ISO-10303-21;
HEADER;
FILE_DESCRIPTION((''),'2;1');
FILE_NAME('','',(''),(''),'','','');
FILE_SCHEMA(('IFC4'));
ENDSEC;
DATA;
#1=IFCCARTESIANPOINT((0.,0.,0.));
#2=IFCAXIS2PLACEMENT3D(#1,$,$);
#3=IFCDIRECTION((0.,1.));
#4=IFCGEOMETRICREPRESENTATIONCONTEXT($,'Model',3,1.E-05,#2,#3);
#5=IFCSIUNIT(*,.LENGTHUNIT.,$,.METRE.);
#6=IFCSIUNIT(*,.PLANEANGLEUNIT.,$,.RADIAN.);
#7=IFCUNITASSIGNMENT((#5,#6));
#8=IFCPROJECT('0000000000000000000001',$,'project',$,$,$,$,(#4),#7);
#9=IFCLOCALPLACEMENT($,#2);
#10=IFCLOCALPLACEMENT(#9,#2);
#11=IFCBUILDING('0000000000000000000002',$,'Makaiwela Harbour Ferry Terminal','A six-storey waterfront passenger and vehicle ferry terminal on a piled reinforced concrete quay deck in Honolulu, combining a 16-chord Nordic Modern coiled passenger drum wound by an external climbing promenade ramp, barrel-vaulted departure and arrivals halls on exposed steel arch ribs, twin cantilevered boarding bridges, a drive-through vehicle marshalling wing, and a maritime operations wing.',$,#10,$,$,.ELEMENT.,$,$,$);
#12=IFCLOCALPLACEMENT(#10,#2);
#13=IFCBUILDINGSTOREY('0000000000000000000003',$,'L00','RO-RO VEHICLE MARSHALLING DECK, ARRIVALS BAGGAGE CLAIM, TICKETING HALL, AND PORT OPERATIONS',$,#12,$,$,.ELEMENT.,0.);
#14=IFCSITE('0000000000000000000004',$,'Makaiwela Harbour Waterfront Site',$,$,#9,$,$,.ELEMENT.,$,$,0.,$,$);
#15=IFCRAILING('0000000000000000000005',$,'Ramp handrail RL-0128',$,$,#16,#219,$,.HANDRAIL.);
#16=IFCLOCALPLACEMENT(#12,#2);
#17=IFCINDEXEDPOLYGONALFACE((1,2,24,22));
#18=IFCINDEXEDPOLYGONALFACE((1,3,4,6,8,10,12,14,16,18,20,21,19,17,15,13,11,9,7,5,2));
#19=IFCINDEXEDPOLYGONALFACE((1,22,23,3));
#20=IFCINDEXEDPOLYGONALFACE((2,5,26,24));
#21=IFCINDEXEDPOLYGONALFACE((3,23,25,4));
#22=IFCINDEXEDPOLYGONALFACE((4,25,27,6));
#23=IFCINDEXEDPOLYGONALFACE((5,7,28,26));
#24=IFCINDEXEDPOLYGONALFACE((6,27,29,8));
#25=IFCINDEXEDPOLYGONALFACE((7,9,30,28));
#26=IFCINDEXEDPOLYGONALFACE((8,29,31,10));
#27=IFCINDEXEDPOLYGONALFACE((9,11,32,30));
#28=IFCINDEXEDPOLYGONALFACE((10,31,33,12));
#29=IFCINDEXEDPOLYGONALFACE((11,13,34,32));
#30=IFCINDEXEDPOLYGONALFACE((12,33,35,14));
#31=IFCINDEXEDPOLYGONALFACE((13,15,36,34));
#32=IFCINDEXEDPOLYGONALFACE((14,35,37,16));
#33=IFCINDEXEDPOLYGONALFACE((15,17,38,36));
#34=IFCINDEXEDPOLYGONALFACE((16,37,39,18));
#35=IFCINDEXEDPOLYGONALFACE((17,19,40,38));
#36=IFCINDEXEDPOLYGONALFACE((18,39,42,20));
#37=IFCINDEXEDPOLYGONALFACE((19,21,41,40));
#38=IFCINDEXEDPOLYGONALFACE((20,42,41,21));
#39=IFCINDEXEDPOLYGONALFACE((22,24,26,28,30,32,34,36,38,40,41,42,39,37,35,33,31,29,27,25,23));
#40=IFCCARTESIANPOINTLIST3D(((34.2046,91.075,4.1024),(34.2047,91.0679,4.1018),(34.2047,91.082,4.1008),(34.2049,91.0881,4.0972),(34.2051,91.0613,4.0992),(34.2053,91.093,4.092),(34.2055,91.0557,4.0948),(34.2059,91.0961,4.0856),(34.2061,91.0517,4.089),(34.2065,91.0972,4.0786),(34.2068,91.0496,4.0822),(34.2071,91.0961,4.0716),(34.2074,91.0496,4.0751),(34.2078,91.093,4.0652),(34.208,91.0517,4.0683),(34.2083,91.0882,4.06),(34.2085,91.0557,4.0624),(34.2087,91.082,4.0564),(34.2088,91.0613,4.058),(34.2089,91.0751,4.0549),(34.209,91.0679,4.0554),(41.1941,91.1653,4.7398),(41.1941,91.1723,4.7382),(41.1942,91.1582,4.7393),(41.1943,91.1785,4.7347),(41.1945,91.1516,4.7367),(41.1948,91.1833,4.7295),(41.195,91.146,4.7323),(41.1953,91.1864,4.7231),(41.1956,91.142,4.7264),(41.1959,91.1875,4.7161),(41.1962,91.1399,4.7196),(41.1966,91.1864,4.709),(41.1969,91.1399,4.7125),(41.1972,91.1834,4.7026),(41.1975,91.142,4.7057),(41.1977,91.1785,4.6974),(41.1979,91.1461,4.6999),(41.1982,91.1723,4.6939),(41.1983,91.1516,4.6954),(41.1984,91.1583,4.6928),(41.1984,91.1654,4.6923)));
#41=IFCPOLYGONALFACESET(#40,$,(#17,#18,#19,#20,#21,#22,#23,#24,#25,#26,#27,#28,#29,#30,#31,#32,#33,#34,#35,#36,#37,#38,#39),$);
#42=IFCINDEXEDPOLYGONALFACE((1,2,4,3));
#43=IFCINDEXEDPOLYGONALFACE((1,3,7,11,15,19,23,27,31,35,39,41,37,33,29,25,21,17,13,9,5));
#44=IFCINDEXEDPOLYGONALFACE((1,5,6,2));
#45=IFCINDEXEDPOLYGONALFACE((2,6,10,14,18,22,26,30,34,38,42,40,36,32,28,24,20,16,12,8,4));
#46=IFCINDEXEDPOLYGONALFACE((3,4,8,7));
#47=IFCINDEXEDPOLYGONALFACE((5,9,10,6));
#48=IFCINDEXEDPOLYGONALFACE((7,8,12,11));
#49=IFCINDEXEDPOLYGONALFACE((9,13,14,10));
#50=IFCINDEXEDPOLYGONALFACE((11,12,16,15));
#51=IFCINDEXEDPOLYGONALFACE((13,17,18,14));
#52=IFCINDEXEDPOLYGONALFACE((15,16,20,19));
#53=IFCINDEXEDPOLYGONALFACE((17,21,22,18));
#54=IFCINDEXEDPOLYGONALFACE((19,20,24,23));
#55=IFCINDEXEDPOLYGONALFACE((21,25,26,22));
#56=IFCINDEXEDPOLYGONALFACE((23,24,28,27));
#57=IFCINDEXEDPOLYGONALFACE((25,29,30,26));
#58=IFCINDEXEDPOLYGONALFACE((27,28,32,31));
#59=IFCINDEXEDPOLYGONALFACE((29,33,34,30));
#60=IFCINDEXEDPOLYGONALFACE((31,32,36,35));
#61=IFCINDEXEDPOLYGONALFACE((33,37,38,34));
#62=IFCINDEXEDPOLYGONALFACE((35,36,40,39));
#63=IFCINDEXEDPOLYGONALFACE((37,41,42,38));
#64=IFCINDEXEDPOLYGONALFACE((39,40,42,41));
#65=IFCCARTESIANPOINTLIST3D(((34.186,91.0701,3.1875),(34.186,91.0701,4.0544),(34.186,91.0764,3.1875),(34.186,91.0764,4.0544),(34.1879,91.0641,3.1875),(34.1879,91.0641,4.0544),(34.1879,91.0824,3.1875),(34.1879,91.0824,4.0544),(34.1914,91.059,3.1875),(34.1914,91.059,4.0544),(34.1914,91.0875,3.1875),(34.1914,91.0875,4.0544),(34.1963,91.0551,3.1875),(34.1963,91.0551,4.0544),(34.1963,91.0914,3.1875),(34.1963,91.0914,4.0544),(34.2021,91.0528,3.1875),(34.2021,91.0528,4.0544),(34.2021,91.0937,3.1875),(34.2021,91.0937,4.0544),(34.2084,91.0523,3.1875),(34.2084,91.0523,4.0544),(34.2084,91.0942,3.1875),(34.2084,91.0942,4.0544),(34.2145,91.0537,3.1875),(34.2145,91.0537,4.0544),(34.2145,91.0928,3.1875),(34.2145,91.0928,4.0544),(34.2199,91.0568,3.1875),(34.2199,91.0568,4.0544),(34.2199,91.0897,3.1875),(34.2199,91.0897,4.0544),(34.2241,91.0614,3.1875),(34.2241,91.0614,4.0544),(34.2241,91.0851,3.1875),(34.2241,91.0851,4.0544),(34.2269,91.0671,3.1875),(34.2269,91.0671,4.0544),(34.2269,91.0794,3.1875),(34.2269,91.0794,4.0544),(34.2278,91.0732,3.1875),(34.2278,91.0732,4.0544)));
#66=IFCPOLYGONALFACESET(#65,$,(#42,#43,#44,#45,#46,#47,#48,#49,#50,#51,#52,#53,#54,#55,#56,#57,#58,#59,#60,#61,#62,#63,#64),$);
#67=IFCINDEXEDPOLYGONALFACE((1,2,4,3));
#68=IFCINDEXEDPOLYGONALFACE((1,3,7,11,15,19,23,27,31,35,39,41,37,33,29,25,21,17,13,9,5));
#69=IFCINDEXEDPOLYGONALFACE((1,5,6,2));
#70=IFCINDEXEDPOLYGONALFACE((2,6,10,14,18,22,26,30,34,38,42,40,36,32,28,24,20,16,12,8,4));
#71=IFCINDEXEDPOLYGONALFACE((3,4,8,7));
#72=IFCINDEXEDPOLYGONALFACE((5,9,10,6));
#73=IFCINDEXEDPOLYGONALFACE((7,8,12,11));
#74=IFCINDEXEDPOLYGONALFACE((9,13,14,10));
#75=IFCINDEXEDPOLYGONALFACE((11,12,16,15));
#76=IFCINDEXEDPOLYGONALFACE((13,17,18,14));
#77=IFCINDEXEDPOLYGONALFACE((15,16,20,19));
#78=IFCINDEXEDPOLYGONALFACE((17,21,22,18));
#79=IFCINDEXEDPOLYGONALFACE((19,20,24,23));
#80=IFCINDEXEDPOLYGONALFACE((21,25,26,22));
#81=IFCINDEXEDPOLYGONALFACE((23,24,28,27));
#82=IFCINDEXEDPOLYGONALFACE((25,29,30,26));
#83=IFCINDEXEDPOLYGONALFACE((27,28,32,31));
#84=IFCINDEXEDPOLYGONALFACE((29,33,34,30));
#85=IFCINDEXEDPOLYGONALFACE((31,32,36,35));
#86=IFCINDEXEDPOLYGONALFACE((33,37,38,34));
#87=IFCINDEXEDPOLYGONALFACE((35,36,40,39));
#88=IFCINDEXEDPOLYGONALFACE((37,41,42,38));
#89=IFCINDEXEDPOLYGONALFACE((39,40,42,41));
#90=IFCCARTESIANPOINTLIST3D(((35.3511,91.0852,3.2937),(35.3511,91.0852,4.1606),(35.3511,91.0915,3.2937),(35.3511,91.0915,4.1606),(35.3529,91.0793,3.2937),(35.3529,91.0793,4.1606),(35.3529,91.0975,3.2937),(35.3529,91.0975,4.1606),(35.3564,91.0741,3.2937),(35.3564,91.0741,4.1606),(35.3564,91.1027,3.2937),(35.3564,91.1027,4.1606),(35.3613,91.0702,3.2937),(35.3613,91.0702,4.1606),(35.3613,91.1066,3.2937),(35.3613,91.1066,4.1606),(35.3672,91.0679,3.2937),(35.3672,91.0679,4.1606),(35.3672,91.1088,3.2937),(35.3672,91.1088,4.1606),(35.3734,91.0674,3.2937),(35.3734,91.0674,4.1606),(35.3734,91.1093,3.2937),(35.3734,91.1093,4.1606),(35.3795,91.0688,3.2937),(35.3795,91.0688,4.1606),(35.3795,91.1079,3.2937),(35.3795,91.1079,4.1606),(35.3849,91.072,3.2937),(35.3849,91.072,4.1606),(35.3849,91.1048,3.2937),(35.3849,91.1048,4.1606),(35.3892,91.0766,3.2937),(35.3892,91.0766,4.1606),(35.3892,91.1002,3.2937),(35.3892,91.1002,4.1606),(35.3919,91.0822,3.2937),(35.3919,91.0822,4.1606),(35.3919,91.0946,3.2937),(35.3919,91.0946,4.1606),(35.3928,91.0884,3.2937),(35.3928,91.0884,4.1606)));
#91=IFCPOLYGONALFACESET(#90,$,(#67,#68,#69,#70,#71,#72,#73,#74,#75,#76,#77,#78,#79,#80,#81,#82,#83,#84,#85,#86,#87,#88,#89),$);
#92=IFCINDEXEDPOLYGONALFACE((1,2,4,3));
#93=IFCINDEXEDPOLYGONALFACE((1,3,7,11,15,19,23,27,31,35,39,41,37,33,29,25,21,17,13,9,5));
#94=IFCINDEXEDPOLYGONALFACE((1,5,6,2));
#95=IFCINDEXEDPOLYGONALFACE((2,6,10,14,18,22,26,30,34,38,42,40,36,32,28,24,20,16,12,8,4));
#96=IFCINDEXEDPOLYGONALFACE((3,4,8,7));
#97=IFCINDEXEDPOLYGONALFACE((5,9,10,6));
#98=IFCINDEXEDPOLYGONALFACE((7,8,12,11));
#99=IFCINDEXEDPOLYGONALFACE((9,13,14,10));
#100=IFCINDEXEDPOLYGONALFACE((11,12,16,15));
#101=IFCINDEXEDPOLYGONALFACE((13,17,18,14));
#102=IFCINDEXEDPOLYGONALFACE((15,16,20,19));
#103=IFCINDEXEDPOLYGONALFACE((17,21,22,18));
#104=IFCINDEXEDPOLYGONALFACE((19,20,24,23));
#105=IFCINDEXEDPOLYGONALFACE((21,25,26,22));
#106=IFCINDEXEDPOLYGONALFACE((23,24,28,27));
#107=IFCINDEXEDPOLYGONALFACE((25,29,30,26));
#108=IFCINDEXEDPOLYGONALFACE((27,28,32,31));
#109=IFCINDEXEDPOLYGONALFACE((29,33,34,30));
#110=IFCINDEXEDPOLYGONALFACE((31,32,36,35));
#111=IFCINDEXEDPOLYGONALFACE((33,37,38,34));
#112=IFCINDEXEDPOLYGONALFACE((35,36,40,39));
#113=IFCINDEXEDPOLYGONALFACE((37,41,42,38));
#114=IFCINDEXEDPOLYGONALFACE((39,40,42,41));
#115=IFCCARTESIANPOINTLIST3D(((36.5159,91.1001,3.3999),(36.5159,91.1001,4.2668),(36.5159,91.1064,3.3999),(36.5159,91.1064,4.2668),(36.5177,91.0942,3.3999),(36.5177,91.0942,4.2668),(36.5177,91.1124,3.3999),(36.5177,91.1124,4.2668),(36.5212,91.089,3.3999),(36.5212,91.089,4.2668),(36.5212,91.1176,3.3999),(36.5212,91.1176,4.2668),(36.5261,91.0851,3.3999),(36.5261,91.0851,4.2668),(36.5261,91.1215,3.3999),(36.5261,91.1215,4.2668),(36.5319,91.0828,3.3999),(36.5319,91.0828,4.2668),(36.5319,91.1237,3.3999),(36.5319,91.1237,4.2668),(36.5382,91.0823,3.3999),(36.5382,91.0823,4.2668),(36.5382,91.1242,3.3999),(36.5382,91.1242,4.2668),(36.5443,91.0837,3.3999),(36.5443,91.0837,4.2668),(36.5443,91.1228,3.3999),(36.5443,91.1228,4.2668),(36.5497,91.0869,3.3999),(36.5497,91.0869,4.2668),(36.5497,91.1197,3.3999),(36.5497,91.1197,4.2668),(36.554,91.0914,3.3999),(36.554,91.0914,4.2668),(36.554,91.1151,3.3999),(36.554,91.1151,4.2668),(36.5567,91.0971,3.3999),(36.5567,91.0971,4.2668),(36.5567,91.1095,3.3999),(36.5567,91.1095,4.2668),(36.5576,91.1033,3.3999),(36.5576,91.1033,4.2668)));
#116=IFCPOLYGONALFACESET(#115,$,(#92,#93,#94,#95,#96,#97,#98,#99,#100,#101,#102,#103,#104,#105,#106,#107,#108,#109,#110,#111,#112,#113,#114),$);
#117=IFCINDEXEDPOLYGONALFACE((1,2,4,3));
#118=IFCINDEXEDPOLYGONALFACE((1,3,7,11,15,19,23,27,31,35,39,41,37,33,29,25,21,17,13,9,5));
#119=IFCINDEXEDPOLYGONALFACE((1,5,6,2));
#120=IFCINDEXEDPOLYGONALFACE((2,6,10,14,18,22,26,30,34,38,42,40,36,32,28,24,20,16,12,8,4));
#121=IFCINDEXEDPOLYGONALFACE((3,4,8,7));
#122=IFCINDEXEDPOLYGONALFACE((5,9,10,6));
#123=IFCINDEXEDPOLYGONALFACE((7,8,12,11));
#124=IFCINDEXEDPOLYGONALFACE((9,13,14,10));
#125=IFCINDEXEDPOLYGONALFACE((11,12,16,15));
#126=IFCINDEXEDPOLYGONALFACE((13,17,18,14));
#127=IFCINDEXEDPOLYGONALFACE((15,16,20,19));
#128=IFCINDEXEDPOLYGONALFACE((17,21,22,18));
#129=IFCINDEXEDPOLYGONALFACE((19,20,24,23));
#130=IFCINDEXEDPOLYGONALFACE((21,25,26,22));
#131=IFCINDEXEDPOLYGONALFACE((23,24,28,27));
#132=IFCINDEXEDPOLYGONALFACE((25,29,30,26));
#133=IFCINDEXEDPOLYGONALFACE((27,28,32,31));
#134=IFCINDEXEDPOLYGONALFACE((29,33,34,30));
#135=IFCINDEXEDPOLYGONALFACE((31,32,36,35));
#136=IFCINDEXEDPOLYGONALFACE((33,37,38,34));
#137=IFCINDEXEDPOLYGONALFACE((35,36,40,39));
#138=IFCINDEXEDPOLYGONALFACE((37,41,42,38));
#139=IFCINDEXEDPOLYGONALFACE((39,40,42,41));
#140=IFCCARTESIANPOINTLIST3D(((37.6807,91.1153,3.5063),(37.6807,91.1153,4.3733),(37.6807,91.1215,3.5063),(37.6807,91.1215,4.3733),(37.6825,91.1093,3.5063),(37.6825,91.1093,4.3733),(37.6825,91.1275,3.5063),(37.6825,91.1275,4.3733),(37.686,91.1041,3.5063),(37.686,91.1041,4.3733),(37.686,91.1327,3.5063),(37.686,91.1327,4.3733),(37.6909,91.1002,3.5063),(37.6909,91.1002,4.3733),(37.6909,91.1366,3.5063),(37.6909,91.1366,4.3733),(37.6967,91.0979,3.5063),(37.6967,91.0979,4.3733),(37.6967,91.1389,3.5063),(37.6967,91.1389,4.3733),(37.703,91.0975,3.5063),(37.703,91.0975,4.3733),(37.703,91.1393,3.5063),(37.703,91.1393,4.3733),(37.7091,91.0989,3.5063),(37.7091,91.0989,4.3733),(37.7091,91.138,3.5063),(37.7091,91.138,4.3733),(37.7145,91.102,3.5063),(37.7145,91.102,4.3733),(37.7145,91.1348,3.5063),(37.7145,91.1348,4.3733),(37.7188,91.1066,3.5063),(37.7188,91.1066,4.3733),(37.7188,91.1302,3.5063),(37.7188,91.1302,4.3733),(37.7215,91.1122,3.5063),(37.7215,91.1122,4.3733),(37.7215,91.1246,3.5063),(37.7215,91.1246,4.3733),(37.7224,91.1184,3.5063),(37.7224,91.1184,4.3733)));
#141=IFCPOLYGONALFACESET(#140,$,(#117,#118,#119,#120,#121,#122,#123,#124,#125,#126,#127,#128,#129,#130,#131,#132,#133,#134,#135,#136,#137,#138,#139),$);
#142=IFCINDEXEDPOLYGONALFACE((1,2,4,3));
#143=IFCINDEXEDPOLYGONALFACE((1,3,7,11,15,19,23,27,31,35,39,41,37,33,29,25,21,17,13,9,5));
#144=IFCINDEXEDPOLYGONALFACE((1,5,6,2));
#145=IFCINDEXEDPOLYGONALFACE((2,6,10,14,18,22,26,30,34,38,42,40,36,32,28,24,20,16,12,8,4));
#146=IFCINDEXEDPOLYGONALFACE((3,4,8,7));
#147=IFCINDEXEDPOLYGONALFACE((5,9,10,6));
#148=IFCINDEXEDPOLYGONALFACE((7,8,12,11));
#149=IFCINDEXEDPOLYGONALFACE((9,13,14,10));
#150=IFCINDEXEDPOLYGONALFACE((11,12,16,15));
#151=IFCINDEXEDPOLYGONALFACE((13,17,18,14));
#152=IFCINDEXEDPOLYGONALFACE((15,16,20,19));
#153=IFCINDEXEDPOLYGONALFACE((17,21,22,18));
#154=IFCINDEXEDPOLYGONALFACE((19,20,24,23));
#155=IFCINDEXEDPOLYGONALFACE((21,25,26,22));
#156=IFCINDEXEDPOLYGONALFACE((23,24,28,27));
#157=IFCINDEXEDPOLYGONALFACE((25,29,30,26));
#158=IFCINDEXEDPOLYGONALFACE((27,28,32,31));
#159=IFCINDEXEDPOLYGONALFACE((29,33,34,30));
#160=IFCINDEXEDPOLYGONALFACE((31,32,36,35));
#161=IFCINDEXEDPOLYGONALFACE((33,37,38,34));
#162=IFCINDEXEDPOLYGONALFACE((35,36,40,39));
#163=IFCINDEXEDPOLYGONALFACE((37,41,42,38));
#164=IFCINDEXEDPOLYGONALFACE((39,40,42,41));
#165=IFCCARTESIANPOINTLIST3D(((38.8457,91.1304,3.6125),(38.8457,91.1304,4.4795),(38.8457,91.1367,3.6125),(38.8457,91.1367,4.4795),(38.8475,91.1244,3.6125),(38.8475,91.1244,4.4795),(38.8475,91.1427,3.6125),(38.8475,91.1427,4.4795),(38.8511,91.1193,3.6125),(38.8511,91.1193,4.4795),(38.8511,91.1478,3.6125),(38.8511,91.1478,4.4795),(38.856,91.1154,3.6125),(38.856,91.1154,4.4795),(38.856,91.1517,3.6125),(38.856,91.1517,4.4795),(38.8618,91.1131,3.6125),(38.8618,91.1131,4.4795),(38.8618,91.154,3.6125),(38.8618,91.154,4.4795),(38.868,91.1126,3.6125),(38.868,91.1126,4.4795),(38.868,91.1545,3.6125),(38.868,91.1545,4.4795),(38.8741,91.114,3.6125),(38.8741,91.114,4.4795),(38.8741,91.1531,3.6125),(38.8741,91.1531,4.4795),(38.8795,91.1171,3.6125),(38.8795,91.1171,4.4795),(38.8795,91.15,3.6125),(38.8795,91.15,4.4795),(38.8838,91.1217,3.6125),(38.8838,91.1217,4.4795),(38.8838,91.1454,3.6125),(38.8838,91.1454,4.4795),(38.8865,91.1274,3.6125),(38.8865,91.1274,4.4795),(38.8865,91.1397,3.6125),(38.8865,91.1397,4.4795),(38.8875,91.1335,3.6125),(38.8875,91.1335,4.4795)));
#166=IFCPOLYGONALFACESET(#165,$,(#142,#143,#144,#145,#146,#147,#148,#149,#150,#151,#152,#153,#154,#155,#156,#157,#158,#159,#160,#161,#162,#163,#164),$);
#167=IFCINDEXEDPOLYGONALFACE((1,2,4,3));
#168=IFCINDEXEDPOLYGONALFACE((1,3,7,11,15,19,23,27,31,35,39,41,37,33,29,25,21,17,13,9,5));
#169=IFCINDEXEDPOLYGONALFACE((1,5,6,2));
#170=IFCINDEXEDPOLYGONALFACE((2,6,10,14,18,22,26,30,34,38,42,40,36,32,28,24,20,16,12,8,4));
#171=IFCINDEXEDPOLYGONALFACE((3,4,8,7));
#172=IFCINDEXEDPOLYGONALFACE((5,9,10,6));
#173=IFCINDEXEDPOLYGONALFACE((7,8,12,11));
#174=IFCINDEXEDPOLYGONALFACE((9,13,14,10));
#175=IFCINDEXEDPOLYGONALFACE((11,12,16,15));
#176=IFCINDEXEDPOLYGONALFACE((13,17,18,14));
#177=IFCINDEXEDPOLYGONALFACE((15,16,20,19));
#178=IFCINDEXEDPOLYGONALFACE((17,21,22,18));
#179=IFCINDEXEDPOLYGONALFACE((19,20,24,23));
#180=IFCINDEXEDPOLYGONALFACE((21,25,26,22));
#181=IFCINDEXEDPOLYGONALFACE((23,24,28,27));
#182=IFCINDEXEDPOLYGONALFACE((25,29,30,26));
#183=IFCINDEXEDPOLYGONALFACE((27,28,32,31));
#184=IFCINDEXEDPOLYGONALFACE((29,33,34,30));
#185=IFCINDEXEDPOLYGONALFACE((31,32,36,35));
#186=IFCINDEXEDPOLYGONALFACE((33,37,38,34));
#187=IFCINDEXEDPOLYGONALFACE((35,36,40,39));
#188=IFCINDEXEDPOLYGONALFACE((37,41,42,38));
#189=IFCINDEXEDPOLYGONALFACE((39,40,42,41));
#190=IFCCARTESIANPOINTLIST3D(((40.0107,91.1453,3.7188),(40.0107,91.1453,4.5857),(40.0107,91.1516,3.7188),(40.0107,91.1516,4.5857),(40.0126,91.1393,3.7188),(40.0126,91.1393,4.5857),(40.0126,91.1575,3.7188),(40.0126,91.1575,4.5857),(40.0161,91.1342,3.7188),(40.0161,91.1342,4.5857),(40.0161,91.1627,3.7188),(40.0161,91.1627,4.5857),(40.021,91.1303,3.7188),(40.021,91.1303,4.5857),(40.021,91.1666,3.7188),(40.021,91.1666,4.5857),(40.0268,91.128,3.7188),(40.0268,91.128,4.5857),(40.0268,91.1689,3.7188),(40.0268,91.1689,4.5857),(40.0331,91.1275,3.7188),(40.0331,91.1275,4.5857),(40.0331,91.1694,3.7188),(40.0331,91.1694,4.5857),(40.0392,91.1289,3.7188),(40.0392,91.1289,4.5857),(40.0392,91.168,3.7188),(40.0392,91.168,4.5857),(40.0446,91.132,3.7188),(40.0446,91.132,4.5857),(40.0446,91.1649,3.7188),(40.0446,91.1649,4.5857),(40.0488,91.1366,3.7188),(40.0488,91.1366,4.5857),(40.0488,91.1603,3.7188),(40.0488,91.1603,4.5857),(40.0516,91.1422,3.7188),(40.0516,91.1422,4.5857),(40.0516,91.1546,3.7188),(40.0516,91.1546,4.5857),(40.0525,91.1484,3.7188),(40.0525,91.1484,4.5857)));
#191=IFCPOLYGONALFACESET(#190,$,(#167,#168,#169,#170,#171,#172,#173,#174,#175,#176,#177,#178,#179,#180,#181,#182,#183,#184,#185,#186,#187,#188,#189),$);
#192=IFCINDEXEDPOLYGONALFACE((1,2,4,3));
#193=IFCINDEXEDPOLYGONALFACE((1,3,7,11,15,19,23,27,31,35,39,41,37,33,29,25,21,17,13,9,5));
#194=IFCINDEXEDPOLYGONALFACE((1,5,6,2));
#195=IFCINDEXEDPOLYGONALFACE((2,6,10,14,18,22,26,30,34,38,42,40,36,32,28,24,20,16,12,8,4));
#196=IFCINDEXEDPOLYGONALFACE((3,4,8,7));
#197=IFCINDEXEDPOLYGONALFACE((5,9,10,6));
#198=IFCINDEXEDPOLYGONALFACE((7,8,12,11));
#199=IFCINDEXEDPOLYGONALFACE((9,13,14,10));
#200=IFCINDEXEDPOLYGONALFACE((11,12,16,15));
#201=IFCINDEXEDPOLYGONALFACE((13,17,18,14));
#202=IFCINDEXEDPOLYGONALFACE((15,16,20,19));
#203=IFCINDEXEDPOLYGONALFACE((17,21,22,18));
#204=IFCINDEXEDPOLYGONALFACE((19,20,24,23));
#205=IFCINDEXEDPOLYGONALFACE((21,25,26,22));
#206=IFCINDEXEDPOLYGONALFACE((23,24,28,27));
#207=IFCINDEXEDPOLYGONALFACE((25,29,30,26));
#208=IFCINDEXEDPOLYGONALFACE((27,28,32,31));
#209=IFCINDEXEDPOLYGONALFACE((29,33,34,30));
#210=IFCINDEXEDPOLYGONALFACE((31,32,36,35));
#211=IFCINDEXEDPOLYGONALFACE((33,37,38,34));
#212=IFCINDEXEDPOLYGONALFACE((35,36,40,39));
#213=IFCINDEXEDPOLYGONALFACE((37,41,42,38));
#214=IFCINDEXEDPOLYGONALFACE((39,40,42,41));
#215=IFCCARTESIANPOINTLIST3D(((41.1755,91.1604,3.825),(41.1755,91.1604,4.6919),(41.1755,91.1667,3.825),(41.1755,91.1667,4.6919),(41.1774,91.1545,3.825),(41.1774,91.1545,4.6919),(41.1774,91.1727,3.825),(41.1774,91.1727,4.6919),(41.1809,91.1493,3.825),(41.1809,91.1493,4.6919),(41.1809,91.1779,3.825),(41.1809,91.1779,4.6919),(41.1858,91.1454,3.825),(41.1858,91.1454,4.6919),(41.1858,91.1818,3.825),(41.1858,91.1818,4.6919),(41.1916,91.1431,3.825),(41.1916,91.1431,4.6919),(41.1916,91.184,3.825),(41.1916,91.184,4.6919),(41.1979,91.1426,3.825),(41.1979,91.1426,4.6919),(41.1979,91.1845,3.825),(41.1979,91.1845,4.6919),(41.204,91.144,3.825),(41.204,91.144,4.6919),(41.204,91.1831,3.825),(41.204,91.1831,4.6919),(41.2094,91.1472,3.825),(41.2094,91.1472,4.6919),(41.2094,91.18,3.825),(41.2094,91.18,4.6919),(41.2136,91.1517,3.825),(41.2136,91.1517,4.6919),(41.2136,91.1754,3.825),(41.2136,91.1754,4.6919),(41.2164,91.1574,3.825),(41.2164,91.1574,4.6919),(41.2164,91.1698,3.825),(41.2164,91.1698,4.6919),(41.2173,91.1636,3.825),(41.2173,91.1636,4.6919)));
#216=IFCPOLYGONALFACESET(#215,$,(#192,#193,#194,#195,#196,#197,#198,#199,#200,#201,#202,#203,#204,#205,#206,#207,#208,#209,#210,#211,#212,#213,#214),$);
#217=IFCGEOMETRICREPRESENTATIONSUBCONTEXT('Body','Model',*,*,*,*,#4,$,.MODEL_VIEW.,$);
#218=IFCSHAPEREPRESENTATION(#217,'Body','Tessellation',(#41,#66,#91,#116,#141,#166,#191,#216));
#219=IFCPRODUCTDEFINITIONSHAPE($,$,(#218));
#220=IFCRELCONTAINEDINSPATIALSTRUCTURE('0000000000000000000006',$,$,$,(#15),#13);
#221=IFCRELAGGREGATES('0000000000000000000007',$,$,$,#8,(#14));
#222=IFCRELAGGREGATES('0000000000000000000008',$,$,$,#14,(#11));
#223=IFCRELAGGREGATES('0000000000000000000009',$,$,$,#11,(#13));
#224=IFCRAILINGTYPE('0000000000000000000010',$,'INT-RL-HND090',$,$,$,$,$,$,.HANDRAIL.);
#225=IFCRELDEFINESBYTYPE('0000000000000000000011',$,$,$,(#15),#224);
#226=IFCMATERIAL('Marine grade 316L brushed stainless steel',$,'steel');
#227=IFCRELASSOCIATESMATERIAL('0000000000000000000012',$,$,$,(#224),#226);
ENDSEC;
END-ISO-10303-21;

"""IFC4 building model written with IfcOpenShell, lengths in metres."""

from ifc_helpers import new_model, si_unit, direction, frame, origin, origin_2d, place, context, subcontext, project, spatial, circle, extrude, material, type_object, element, save


model = new_model("IFC4")

# Units and contexts
model_context = context("Model", 3, precision=1e-05, world=origin(), true_north=direction((0.0, 1.0)))
body_context = subcontext(model_context, "Body", "Model", "MODEL_VIEW")
ifc_project = project(units=[si_unit("LENGTHUNIT", "METRE"), si_unit("PLANEANGLEUNIT", "RADIAN")], contexts=[model_context])

# Site, building, storey
site_placement = place(None, origin())
site = spatial("IfcSite", under=ifc_project, at=site_placement, Name="Makaiwela Harbour Waterfront Site", CompositionType="ELEMENT", RefElevation=0.0)
building_placement = place(site_placement, origin())
building = spatial("IfcBuilding", under=site, at=building_placement, Name="Makaiwela Harbour Ferry Terminal", Description="A six-storey waterfront passenger and vehicle ferry terminal on a piled reinforced concrete quay deck in Honolulu, combining a 16-chord Nordic Modern coiled passenger drum wound by an external climbing promenade ramp, barrel-vaulted departure and arrivals halls on exposed steel arch ribs, twin cantilevered boarding bridges, a drive-through vehicle marshalling wing, and a maritime operations wing.", CompositionType="ELEMENT")
storey_placement = place(building_placement, origin())
storey = spatial("IfcBuildingStorey", under=building, at=storey_placement, Name="L00", Description="RO-RO VEHICLE MARSHALLING DECK, ARRIVALS BAGGAGE CLAIM, TICKETING HALL, AND PORT OPERATIONS", CompositionType="ELEMENT", Elevation=0.0)

# Railing
ifc_material_1 = material(Name="Marine grade 316L brushed stainless steel", Category="steel")
railing_type_1 = type_object("IfcRailingType", Name="INT-RL-HND090", PredefinedType="HANDRAIL", material=ifc_material_1)
railing_1_placement = place(storey_placement, frame((34.2068, 91.0732, 3.1875)))
element("IfcRailing", 1, at=railing_1_placement, inside=storey, type_object=railing_type_1, Name="Ramp handrail RL-0128", PredefinedType="HANDRAIL", context=body_context, shape_type="SweptSolid", body=[
    extrude(circle(Radius=0.0239, at=origin_2d()), frame((0.0, 0.0, 0.8911), z_axis=(0.995784, 0.012869, 0.090817), x_axis=(-0.012923, 0.999916, 0.0)), (0.0, 0.0, 1.0), 7.019),
    extrude(circle(Radius=0.021, at=origin_2d()), origin(), (0.0, 0.0, 1.0), 0.8669),
    extrude(circle(Radius=0.021, at=origin_2d()), frame((1.165, 0.0151, 0.1062)), (0.0, 0.0, 1.0), 0.8669),
    extrude(circle(Radius=0.021, at=origin_2d()), frame((2.3298, 0.03, 0.2124)), (0.0, 0.0, 1.0), 0.8669),
    extrude(circle(Radius=0.021, at=origin_2d()), frame((3.4946, 0.0452, 0.3188)), (0.0, 0.0, 1.0), 0.8669),
    extrude(circle(Radius=0.021, at=origin_2d()), frame((4.6597, 0.0603, 0.425)), (0.0, 0.0, 1.0), 0.8669),
    extrude(circle(Radius=0.021, at=origin_2d()), frame((5.8247, 0.0752, 0.5312)), (0.0, 0.0, 1.0), 0.8669),
    extrude(circle(Radius=0.021, at=origin_2d()), frame((6.9895, 0.0903, 0.6375)), (0.0, 0.0, 1.0), 0.8669),
])

save(model, "model.ifc")
